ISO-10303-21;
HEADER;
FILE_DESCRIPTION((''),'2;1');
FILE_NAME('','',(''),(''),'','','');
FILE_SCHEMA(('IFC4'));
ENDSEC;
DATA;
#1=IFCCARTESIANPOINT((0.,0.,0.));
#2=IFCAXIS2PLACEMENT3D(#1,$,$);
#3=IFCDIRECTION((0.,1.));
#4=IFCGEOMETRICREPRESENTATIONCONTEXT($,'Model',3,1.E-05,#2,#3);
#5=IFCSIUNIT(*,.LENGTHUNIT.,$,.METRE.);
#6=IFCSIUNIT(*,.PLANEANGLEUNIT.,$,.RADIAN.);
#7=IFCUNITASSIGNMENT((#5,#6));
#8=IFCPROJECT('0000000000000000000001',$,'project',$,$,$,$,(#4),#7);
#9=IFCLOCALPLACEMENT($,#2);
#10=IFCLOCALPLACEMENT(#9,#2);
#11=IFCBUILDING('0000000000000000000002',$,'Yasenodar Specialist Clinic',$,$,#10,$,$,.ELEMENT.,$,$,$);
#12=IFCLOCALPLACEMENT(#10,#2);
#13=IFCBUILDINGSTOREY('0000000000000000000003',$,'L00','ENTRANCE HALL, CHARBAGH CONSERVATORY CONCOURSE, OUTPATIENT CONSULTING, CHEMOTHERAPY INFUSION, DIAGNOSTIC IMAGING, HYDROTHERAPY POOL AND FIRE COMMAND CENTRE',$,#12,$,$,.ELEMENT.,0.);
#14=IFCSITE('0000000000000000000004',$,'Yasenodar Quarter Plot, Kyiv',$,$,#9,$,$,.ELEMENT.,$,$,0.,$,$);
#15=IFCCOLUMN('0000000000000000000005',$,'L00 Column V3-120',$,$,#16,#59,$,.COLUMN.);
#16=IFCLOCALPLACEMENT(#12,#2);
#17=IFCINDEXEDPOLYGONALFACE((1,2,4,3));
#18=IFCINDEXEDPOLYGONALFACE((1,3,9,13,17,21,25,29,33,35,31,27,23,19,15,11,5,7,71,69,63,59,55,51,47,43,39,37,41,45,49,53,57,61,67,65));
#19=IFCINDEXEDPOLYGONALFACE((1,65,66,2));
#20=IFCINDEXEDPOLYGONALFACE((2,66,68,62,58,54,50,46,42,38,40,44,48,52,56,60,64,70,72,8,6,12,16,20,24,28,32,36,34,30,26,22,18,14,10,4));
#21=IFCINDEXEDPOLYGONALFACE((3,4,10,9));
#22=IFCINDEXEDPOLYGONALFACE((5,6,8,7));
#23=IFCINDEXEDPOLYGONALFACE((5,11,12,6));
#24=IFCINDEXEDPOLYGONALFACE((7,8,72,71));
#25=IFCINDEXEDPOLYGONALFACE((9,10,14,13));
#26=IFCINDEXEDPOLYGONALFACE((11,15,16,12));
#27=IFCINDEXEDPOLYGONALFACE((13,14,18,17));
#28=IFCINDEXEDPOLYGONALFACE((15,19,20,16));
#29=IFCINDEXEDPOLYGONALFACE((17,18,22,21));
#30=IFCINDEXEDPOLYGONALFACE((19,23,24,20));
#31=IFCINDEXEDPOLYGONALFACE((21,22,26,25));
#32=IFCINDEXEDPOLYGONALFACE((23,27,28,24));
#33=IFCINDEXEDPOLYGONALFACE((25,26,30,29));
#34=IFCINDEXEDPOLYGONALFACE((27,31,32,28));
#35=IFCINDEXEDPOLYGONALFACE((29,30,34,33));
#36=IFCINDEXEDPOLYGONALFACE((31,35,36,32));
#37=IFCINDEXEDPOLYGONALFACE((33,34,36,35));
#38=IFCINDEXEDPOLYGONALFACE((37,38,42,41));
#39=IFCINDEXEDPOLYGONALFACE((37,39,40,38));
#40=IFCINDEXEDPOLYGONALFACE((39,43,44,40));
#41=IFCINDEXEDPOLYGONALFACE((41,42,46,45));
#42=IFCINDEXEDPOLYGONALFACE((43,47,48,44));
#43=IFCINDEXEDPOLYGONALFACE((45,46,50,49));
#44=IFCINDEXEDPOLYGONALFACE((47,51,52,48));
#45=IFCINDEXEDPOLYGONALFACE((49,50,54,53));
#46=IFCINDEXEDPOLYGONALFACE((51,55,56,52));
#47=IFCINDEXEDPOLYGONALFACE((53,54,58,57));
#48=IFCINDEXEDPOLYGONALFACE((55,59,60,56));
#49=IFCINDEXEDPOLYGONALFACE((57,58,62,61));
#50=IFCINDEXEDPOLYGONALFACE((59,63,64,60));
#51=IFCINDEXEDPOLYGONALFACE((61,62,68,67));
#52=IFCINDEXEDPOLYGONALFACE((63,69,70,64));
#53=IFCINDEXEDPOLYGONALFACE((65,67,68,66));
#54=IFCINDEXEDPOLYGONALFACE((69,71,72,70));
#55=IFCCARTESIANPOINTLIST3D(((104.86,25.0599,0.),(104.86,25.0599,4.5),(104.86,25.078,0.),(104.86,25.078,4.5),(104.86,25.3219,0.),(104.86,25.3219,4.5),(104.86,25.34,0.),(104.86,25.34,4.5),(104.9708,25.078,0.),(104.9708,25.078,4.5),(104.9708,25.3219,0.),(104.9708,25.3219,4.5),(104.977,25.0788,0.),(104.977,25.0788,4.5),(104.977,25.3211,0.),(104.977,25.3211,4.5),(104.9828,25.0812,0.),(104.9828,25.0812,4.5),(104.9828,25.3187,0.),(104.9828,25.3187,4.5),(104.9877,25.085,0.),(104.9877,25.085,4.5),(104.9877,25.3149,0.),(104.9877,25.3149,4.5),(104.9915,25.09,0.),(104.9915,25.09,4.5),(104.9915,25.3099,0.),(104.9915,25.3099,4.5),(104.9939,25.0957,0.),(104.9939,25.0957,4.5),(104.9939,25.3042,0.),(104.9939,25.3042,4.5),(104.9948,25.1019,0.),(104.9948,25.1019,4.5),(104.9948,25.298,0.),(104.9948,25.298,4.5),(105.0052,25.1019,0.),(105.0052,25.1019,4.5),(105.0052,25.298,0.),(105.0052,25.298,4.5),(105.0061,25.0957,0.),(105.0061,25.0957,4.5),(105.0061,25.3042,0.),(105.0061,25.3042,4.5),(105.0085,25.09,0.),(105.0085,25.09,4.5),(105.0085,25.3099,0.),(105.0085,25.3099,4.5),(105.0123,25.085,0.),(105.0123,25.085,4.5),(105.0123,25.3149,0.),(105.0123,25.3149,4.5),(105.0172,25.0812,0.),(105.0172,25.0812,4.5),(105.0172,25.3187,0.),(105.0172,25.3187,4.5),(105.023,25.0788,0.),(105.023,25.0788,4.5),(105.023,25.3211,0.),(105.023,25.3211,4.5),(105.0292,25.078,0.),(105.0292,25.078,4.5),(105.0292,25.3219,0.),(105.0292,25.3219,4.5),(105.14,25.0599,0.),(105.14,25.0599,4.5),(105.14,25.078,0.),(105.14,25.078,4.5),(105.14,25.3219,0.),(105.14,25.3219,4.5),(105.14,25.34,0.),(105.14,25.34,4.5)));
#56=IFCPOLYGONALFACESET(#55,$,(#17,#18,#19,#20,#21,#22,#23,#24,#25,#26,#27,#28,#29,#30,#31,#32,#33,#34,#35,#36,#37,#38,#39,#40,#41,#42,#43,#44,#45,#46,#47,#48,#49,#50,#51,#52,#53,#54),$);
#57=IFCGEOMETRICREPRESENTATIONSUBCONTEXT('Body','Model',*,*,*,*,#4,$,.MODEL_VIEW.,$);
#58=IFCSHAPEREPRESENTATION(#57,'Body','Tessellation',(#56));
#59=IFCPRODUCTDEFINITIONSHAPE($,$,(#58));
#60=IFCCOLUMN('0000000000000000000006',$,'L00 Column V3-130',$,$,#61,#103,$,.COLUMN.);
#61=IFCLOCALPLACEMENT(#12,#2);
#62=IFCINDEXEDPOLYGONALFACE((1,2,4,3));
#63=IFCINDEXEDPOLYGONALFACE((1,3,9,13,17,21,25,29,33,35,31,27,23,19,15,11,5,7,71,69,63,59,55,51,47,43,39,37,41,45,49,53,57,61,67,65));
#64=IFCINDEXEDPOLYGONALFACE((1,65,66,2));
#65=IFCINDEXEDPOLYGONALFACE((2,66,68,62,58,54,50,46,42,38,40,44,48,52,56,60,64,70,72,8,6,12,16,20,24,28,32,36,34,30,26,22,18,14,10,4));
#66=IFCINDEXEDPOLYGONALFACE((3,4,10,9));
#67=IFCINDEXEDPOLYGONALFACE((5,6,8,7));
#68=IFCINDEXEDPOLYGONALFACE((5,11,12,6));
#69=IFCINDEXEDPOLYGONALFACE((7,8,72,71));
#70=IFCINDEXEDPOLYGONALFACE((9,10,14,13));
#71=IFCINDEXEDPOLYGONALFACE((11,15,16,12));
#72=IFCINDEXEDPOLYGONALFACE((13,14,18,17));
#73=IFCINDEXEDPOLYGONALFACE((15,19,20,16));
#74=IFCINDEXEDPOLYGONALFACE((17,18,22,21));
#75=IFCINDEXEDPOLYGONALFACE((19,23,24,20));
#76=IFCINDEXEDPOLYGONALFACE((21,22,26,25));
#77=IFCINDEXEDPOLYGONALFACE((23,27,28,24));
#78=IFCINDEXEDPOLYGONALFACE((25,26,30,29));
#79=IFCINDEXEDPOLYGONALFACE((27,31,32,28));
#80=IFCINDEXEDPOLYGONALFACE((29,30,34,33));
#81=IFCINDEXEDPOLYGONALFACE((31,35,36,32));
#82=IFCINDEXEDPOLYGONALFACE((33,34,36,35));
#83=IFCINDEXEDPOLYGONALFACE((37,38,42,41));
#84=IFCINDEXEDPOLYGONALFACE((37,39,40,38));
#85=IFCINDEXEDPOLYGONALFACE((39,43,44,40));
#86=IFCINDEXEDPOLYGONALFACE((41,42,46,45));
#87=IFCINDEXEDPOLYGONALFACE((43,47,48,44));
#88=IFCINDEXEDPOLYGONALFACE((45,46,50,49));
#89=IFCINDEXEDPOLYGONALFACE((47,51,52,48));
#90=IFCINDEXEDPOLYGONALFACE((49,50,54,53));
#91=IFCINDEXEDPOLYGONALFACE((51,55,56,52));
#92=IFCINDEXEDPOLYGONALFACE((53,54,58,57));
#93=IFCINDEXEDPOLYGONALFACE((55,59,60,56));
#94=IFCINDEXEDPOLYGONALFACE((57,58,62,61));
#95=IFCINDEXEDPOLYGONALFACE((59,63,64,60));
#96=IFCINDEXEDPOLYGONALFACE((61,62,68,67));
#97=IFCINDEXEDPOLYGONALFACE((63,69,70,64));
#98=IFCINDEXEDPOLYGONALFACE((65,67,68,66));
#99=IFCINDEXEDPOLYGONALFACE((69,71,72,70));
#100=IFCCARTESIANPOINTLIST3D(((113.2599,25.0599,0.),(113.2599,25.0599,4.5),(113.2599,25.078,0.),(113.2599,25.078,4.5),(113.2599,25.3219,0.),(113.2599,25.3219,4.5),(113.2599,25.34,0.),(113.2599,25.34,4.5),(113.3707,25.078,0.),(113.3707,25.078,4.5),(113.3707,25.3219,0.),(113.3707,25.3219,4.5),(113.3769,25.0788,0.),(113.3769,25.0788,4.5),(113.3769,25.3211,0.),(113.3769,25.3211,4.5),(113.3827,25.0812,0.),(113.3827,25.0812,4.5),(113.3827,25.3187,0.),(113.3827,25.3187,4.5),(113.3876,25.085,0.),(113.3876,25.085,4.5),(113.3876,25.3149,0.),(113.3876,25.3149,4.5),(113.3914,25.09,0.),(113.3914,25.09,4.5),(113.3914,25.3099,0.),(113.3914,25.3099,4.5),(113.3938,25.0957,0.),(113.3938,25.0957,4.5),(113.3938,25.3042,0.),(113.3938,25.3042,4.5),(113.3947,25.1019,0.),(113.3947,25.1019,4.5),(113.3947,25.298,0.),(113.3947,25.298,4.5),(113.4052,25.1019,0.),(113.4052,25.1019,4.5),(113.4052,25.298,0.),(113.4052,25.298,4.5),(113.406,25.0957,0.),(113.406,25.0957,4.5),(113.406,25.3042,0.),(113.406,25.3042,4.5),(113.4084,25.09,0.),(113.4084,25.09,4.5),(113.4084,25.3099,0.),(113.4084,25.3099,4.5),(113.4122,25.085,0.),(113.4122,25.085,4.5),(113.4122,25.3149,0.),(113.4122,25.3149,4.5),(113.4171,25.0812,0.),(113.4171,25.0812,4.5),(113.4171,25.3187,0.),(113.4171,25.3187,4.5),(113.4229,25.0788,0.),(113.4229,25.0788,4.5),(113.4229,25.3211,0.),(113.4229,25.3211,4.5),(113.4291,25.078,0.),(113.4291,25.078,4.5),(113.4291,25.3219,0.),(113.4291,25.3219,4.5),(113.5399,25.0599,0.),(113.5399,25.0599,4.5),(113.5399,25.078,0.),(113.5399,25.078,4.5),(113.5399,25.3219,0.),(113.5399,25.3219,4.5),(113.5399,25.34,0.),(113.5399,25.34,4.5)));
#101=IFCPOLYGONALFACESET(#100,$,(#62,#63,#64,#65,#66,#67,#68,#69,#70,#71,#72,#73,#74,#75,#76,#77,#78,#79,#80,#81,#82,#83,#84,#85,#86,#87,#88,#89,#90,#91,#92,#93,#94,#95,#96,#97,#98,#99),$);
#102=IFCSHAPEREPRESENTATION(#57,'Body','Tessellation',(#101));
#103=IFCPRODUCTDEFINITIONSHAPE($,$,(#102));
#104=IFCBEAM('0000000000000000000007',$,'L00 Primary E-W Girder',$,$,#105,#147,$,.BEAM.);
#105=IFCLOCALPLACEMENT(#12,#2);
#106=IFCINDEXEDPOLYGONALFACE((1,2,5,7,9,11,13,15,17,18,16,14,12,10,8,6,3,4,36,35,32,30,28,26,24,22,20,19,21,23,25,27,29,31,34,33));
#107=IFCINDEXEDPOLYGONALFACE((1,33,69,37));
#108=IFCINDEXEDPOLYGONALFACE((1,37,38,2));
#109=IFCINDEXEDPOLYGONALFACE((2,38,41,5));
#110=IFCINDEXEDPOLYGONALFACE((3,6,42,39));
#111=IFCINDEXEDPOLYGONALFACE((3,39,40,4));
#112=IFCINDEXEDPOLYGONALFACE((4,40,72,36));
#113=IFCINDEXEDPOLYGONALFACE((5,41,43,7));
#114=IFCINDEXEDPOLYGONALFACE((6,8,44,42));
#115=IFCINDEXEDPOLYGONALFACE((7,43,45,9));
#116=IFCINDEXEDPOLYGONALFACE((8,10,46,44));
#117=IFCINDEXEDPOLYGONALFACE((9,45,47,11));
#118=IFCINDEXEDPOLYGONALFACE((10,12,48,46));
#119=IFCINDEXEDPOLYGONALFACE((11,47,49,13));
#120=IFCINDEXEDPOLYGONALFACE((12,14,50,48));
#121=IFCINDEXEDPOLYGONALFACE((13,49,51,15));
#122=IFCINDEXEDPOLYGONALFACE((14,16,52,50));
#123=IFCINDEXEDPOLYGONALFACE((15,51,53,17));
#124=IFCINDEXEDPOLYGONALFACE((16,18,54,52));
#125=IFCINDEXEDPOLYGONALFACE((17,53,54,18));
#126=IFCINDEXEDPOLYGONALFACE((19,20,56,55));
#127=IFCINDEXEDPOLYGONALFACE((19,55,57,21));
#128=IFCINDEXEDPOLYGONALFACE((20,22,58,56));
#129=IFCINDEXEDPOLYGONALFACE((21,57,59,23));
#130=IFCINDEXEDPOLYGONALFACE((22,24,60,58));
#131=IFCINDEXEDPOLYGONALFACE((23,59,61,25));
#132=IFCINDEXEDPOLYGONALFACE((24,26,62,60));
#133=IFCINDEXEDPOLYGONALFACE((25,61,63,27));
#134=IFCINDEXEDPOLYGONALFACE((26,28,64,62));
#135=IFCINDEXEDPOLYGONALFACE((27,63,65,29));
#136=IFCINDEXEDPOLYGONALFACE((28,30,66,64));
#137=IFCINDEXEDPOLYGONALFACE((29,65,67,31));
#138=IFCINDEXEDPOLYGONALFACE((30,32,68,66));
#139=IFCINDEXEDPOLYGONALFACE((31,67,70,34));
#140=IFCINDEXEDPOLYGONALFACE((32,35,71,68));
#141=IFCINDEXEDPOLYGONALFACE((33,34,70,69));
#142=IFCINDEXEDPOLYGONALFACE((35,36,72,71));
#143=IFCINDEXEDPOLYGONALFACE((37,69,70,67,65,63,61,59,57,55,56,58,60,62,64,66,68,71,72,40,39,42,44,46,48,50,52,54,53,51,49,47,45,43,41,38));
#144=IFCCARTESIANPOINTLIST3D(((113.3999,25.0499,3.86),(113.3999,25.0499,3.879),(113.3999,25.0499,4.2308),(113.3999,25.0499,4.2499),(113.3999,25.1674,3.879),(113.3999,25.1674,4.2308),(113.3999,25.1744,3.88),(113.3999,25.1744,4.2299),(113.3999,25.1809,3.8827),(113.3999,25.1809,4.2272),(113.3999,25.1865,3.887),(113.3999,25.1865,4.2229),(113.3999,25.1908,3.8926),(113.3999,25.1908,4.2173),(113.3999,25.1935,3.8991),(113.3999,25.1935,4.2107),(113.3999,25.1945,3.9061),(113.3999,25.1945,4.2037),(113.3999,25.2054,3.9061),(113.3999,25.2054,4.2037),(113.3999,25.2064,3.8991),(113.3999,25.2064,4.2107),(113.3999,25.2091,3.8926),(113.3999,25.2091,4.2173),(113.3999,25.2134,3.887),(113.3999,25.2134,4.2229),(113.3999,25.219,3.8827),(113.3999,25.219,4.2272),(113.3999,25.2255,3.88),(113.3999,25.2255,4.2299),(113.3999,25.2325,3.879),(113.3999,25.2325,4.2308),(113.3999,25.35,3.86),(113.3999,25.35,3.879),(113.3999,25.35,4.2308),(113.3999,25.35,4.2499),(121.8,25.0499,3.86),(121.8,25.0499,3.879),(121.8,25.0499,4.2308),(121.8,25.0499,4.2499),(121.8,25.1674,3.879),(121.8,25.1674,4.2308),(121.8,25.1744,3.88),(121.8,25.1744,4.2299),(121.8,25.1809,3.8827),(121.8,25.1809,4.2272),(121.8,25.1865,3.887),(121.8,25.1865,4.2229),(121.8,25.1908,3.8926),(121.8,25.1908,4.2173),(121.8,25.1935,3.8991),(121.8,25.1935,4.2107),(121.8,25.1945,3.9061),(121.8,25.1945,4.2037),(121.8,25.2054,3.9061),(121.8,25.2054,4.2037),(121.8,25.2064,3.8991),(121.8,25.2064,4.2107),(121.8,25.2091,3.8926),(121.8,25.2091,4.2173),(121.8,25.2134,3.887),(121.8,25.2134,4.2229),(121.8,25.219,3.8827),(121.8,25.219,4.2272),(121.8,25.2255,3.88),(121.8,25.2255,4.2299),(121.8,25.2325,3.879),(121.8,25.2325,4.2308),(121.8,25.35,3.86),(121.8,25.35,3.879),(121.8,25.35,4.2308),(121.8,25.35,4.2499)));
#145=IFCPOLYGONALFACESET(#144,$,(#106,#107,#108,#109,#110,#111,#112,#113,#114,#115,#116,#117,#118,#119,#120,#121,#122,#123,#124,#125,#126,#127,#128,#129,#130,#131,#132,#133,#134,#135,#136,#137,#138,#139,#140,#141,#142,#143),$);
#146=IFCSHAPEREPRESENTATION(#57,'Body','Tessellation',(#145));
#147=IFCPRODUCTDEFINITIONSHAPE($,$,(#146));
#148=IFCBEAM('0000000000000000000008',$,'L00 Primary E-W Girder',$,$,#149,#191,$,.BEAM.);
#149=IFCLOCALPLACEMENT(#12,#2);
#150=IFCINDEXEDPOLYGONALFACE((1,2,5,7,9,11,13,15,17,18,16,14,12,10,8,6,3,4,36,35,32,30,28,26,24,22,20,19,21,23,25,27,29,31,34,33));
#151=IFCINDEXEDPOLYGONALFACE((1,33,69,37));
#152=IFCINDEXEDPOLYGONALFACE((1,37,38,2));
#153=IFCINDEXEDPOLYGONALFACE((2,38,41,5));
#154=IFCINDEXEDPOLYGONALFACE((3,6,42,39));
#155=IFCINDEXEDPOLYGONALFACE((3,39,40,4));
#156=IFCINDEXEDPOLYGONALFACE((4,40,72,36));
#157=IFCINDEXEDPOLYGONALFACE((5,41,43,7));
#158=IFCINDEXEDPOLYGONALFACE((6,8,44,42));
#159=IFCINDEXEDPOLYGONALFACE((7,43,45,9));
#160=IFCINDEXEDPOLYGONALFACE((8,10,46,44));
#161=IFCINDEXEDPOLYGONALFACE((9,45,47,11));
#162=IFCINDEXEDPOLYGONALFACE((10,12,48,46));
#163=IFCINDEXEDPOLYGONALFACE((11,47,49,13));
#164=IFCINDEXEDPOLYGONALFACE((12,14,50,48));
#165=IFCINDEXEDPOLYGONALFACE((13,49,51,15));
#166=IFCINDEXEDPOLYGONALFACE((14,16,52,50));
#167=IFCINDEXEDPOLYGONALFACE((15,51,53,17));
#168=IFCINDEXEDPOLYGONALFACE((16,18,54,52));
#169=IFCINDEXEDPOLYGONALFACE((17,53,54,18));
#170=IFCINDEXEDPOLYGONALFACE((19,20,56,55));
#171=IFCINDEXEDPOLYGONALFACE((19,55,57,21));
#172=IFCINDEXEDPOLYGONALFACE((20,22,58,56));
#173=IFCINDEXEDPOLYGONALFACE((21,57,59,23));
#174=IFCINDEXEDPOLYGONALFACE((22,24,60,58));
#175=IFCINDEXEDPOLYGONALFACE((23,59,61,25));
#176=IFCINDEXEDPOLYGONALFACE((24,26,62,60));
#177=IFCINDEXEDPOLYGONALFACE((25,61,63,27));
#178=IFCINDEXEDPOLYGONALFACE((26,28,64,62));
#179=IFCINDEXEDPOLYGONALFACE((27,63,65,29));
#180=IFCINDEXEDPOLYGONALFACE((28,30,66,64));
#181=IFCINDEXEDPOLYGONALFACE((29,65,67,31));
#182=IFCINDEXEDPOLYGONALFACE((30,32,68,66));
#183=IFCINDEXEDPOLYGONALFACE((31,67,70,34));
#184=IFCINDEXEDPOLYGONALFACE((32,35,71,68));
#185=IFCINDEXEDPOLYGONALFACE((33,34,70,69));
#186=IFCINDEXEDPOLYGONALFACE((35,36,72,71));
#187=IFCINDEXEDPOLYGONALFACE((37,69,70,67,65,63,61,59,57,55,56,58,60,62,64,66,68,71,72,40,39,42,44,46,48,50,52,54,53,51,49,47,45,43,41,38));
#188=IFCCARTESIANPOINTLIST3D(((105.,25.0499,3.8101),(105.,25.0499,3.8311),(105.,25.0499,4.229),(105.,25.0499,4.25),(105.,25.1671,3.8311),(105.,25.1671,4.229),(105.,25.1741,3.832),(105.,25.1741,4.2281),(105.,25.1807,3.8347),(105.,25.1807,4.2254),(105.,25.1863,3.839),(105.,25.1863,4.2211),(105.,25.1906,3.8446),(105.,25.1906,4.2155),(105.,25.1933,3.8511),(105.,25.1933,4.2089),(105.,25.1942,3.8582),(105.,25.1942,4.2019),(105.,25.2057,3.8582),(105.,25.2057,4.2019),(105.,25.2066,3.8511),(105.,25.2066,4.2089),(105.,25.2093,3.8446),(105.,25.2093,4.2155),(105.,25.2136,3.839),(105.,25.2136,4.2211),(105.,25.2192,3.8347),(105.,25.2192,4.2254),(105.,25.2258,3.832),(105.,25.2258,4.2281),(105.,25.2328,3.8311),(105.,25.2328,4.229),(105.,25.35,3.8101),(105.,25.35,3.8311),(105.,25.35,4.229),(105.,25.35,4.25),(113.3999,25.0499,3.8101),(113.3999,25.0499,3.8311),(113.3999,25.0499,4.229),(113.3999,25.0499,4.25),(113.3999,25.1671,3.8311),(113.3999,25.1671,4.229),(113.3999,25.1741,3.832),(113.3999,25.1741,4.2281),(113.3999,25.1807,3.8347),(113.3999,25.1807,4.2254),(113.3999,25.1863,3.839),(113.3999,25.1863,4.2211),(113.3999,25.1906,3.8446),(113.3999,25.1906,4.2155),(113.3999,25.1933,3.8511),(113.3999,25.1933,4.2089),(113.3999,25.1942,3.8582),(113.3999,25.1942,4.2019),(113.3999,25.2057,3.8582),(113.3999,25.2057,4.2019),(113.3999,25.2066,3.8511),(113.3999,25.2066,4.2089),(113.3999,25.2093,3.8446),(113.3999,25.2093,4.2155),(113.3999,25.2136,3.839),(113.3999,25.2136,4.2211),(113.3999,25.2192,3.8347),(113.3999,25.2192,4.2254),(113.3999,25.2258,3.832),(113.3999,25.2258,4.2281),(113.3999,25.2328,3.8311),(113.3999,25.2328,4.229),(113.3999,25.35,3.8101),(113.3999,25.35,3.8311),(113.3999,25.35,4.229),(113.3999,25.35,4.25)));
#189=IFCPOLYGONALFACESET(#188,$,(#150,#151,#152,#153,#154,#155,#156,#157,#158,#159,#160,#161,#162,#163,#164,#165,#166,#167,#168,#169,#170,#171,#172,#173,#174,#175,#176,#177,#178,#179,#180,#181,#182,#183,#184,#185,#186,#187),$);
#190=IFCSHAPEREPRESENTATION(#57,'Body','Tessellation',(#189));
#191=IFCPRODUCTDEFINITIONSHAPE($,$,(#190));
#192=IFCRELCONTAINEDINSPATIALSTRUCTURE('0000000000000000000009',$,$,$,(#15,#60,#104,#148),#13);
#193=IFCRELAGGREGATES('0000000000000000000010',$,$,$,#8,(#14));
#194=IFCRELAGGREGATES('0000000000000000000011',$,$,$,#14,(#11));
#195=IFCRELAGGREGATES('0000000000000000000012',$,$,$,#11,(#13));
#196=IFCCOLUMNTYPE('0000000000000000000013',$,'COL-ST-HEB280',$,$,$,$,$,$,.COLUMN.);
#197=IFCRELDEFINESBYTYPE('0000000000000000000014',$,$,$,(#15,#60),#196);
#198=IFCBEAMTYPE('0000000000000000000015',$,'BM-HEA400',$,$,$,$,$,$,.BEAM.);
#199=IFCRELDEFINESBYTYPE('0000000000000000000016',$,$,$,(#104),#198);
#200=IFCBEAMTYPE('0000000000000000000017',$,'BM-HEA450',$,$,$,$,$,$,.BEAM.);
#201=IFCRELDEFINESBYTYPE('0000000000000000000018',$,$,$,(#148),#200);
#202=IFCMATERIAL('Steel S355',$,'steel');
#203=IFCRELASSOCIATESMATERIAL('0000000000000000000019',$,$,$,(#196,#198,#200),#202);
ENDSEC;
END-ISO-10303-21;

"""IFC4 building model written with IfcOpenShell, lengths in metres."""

from ifc_helpers import new_model, si_unit, direction, frame, origin, origin_2d, place, context, subcontext, project, spatial, i_section, extrude, material, material_profile, profile_set, type_object, element, save


model = new_model("IFC4")

# Units and contexts
model_context = context("Model", 3, precision=1e-05, world=origin(), true_north=direction((0.0, 1.0)))
body_context = subcontext(model_context, "Body", "Model", "MODEL_VIEW")
ifc_project = project(units=[si_unit("LENGTHUNIT", "METRE"), si_unit("PLANEANGLEUNIT", "RADIAN")], contexts=[model_context])

# Site, building, storey
site_placement = place(None, origin())
site = spatial("IfcSite", under=ifc_project, at=site_placement, Name="Yasenodar Quarter Plot, Kyiv", CompositionType="ELEMENT", RefElevation=0.0)
building_placement = place(site_placement, origin())
building = spatial("IfcBuilding", under=site, at=building_placement, Name="Yasenodar Specialist Clinic", CompositionType="ELEMENT")
storey_placement = place(building_placement, origin())
storey = spatial("IfcBuildingStorey", under=building, at=storey_placement, Name="L00", Description="ENTRANCE HALL, CHARBAGH CONSERVATORY CONCOURSE, OUTPATIENT CONSULTING, CHEMOTHERAPY INFUSION, DIAGNOSTIC IMAGING, HYDROTHERAPY POOL AND FIRE COMMAND CENTRE", CompositionType="ELEMENT", Elevation=0.0)

# Columns
ifc_material_1 = material(Name="Steel S355", Category="steel")
ifc_material_profile_1 = material_profile(ifc_material_1, i_section(OverallWidth=0.28, OverallDepth=0.28, WebThickness=0.0105, FlangeThickness=0.0181, FilletRadius=0.0239, at=origin_2d()), Name="HEB 280")
ifc_profile_set_1 = profile_set([ifc_material_profile_1], Name="Steel S355")
column_type = type_object("IfcColumnType", Name="COL-ST-HEB280", PredefinedType="COLUMN", material=ifc_profile_set_1)
for number, where, z_axis, x_axis, name in (
    (1, (105.0, 25.2, 0.0), (0.0, 0.0, 1.0), (1.0, 0.0, 0.0), "L00 Column V3-120"),
    (2, (113.3999, 25.2, 0.0), (0.0, 0.0, 1.0), (1.0, 0.0, 0.0), "L00 Column V3-130"),
):
    element("IfcColumn", number, at=place(storey_placement, frame(where, z_axis=z_axis, x_axis=x_axis)), inside=storey, type_object=column_type, Name=name, PredefinedType="COLUMN", context=body_context, shape_type="SweptSolid", body=[
        extrude(i_section(OverallWidth=0.28, OverallDepth=0.28, WebThickness=0.0105, FlangeThickness=0.0181, FilletRadius=0.0239, at=origin_2d()), origin(), (0.0, 0.0, 1.0), 4.5),
    ])

# Beams
ifc_material_profile_2 = material_profile(ifc_material_1, i_section(OverallWidth=0.3, OverallDepth=0.3899, WebThickness=0.011, FlangeThickness=0.019, FilletRadius=0.0271, at=origin_2d()), Name="HEA 400")
ifc_profile_set_2 = profile_set([ifc_material_profile_2], Name="Steel S355")
beam_type_1 = type_object("IfcBeamType", Name="BM-HEA400", PredefinedType="BEAM", material=ifc_profile_set_2)
beam_1_placement = place(storey_placement, frame((113.3999, 25.2, 4.0549), z_axis=(1.0, 0.0, 0.0), x_axis=(0.0, 1.0, 0.0)))
element("IfcBeam", 3, at=beam_1_placement, inside=storey, type_object=beam_type_1, Name="L00 Primary E-W Girder", PredefinedType="BEAM", context=body_context, shape_type="SweptSolid", body=[
    extrude(i_section(OverallWidth=0.3, OverallDepth=0.3899, WebThickness=0.011, FlangeThickness=0.019, FilletRadius=0.0271, at=origin_2d()), origin(), (0.0, 0.0, 1.0), 8.4001),
])
ifc_material_profile_3 = material_profile(ifc_material_1, i_section(OverallWidth=0.3, OverallDepth=0.4399, WebThickness=0.0115, FlangeThickness=0.021, FilletRadius=0.0271, at=origin_2d()), Name="HEA 450")
ifc_profile_set_3 = profile_set([ifc_material_profile_3], Name="Steel S355")
beam_type_2 = type_object("IfcBeamType", Name="BM-HEA450", PredefinedType="BEAM", material=ifc_profile_set_3)
beam_2_placement = place(storey_placement, frame((105.0, 25.2, 4.03), z_axis=(1.0, 0.0, 0.0), x_axis=(0.0, 1.0, 0.0)))
element("IfcBeam", 4, at=beam_2_placement, inside=storey, type_object=beam_type_2, Name="L00 Primary E-W Girder", PredefinedType="BEAM", context=body_context, shape_type="SweptSolid", body=[
    extrude(i_section(OverallWidth=0.3, OverallDepth=0.4399, WebThickness=0.0115, FlangeThickness=0.021, FilletRadius=0.0271, at=origin_2d()), origin(), (0.0, 0.0, 1.0), 8.3999),
])

save(model, "model.ifc")
